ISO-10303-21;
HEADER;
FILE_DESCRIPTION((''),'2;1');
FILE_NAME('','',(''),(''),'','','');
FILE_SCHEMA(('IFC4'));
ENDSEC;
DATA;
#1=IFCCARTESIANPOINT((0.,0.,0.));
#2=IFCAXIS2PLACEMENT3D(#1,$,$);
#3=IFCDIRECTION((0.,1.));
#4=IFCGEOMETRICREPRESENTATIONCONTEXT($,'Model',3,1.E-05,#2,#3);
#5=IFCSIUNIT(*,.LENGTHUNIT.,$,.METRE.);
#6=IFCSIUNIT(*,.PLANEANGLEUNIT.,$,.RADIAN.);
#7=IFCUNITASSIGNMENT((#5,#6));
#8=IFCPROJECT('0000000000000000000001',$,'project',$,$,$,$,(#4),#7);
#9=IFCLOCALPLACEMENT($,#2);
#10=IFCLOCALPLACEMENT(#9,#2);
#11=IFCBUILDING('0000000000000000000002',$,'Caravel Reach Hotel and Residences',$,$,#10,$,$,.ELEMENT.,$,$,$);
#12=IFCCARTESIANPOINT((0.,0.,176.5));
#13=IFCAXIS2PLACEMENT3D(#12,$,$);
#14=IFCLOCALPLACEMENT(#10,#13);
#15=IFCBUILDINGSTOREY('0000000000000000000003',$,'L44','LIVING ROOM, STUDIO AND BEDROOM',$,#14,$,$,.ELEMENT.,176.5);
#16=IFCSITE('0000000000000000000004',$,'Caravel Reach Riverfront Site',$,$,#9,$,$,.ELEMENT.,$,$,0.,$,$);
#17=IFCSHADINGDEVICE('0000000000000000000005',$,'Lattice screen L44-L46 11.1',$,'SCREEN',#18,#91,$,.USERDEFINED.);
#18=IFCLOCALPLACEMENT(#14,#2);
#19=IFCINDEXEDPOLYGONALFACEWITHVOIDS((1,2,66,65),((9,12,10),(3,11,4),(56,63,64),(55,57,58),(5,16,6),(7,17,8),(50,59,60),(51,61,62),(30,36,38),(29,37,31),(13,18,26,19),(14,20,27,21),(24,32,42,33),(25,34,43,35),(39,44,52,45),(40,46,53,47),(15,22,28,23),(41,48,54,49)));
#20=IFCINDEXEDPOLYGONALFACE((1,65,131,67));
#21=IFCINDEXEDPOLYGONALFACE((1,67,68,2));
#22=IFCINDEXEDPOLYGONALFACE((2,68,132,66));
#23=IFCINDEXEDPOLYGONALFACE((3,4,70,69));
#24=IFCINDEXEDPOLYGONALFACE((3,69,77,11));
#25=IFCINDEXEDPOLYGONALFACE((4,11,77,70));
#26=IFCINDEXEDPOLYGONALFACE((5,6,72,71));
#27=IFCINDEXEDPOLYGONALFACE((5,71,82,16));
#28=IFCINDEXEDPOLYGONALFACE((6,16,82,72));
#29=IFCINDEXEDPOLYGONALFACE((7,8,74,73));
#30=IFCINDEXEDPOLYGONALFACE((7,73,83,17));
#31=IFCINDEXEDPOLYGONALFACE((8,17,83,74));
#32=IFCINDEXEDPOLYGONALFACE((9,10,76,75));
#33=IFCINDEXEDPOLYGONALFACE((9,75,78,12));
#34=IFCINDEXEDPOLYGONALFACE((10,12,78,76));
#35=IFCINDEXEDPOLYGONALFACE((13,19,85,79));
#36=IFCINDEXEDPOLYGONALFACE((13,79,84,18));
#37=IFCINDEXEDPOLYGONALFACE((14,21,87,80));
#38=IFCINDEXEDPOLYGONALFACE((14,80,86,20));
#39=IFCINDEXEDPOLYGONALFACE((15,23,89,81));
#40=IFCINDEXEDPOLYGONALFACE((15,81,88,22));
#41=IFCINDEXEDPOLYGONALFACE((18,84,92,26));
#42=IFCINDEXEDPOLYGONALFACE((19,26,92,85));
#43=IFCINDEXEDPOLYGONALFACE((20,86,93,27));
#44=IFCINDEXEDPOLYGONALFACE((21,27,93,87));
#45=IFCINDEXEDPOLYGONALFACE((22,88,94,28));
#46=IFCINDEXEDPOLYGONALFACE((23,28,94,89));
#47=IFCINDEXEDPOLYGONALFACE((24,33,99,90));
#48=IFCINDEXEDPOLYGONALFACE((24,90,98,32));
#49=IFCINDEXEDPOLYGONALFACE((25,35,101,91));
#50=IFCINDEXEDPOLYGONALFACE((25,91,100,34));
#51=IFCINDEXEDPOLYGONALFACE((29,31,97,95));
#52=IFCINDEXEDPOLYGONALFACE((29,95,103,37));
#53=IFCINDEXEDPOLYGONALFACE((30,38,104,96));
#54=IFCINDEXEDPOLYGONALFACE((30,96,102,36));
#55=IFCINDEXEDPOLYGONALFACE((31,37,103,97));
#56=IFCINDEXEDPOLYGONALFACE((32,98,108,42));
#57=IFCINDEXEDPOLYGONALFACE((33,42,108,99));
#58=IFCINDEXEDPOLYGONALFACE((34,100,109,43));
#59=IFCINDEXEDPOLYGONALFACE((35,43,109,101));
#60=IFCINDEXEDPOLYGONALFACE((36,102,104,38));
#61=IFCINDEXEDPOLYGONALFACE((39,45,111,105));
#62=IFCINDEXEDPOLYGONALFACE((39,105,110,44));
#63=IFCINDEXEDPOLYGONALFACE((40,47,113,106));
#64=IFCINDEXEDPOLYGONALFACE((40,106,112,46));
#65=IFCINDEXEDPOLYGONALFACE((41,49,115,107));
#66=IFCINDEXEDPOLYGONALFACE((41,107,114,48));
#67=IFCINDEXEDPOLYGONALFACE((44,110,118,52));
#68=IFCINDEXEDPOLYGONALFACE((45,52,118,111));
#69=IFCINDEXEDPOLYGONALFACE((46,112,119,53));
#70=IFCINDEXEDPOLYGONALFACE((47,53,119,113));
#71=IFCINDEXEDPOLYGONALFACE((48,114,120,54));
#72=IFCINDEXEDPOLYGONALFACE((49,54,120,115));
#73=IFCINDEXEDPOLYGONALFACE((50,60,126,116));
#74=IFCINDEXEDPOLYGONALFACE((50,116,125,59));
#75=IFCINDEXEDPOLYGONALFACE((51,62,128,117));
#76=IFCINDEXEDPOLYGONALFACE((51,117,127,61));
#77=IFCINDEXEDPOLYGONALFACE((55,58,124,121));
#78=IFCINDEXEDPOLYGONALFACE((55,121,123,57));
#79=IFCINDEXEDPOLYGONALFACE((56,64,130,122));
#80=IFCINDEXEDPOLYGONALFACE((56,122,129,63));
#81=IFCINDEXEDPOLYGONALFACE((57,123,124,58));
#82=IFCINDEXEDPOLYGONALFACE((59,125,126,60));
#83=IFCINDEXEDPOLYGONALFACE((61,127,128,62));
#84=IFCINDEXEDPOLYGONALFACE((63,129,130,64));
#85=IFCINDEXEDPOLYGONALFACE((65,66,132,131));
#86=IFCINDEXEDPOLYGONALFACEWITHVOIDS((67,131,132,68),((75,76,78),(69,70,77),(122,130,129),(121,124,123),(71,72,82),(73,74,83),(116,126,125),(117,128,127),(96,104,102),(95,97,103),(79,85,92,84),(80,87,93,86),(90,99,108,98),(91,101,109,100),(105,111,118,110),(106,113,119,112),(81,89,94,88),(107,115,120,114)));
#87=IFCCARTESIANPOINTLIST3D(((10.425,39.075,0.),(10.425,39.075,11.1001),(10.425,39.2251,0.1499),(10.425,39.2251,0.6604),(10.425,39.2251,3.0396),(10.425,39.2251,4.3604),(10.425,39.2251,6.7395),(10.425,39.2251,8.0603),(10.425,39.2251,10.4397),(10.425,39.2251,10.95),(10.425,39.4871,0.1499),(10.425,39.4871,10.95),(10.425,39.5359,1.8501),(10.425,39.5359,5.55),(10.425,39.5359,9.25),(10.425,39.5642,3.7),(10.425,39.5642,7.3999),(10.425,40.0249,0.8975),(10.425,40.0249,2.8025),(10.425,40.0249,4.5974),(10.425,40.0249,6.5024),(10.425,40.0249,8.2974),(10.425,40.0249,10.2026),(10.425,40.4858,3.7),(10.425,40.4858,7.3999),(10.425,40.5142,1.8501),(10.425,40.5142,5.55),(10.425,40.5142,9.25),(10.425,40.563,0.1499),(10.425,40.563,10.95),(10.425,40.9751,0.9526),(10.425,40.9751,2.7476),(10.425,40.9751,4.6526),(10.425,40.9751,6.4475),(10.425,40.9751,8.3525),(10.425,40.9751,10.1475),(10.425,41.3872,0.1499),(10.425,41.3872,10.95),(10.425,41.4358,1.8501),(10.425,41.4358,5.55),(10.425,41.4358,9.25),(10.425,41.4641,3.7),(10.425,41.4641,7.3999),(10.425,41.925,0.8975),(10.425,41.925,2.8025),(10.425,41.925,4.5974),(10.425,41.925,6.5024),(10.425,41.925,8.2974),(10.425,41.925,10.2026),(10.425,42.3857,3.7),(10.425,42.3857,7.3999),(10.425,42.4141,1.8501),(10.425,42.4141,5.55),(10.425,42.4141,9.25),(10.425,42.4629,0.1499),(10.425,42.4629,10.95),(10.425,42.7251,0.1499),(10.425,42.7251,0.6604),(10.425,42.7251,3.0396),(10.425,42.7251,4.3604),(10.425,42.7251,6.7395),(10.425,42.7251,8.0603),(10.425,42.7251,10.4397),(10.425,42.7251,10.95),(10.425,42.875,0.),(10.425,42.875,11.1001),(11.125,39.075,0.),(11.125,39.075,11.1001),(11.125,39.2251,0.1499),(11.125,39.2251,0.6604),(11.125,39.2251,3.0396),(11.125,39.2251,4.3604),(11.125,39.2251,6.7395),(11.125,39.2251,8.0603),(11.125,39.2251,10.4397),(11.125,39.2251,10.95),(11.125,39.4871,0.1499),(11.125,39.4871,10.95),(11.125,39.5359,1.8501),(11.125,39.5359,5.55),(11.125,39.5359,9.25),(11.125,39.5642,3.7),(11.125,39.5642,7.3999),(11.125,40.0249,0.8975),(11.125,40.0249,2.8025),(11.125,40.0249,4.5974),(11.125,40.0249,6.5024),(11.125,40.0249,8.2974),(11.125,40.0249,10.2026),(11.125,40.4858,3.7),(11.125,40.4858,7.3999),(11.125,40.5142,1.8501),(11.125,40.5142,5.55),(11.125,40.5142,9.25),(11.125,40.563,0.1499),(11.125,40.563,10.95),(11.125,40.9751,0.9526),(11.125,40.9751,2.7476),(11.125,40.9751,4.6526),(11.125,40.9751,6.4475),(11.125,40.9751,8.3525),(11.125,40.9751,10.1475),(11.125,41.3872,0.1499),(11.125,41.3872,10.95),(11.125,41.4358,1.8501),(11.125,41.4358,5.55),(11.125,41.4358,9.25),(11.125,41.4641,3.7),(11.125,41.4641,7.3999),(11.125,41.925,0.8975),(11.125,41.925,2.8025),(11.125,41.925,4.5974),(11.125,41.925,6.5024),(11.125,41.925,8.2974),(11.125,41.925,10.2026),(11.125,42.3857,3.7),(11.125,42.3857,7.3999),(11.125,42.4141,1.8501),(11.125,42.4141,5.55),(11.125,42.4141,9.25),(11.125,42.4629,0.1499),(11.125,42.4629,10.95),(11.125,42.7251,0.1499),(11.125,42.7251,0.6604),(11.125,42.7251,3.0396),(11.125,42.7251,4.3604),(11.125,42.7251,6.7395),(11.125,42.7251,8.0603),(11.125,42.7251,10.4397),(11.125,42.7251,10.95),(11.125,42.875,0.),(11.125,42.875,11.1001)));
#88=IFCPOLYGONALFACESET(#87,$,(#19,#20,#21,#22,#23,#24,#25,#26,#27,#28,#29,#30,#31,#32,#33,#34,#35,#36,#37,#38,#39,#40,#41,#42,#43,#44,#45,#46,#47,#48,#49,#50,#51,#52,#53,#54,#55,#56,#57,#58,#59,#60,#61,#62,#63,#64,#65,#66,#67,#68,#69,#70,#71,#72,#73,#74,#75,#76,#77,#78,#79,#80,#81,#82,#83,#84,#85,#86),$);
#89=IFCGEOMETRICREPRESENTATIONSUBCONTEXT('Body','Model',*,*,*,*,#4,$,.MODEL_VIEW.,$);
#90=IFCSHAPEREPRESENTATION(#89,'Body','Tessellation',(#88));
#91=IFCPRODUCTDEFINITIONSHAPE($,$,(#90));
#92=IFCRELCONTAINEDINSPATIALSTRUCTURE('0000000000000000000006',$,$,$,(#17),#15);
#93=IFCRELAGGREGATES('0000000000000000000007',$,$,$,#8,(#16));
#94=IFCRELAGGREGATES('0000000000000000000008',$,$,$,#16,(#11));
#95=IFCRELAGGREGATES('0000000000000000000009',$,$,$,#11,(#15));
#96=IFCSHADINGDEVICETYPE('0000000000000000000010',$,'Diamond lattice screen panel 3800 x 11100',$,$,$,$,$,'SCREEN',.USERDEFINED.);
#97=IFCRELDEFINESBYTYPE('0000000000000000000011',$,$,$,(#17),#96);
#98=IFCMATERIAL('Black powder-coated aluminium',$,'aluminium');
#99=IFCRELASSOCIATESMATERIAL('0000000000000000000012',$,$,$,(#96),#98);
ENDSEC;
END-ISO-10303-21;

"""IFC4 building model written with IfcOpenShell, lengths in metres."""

from ifc_helpers import new_model, si_unit, direction, frame, origin, place, context, subcontext, project, spatial, polyline, outline, extrude, material, type_object, element, save


model = new_model("IFC4")

# Units and contexts
model_context = context("Model", 3, precision=1e-05, world=origin(), true_north=direction((0.0, 1.0)))
body_context = subcontext(model_context, "Body", "Model", "MODEL_VIEW")
ifc_project = project(units=[si_unit("LENGTHUNIT", "METRE"), si_unit("PLANEANGLEUNIT", "RADIAN")], contexts=[model_context])

# Site, building, storey
site_placement = place(None, origin())
site = spatial("IfcSite", under=ifc_project, at=site_placement, Name="Caravel Reach Riverfront Site", CompositionType="ELEMENT", RefElevation=0.0)
building_placement = place(site_placement, origin())
building = spatial("IfcBuilding", under=site, at=building_placement, Name="Caravel Reach Hotel and Residences", CompositionType="ELEMENT")
storey_placement = place(building_placement, frame((0.0, 0.0, 176.5)))
storey = spatial("IfcBuildingStorey", under=building, at=storey_placement, Name="L44", Description="LIVING ROOM, STUDIO AND BEDROOM", CompositionType="ELEMENT", Elevation=176.5)

# Shading device
ifc_material_1 = material(Name="Black powder-coated aluminium", Category="aluminium")
shading_device_type_1 = type_object("IfcShadingDeviceType", Name="Diamond lattice screen panel 3800 x 11100", ElementType="SCREEN", PredefinedType="USERDEFINED", material=ifc_material_1)
shading_device_1_placement = place(storey_placement, frame((11.125, 42.875, 0.0), z_axis=(-1.0, 0.0, 0.0), x_axis=(0.0, -1.0, 0.0)))
element("IfcShadingDevice", 1, at=shading_device_1_placement, inside=storey, type_object=shading_device_type_1, Name="Lattice screen L44-L46 11.1", ObjectType="SCREEN", PredefinedType="USERDEFINED", context=body_context, shape_type="SweptSolid", body=[
    extrude(outline(polyline([(0.0, 0.0), (3.8, 0.0), (3.8, 11.1001), (0.0, 11.1001), (0.0, 0.0)]), holes=[polyline([(0.4121, 0.1499), (0.1499, 0.6604), (0.1499, 0.1499), (0.4121, 0.1499)]), polyline([(0.4893, 3.7), (0.1499, 4.3604), (0.1499, 3.0396), (0.4893, 3.7)]), polyline([(0.4893, 7.3999), (0.1499, 8.0603), (0.1499, 6.7395), (0.4893, 7.3999)]), polyline([(0.1499, 10.4397), (0.4121, 10.95), (0.1499, 10.95), (0.1499, 10.4397)]), polyline([(0.95, 2.8025), (0.4609, 1.8501), (0.95, 0.8975), (1.4392, 1.8501), (0.95, 2.8025)]), polyline([(0.95, 6.5024), (0.4609, 5.55), (0.95, 4.5974), (1.4392, 5.55), (0.95, 6.5024)]), polyline([(0.95, 10.2026), (0.4609, 9.25), (0.95, 8.2974), (1.4392, 9.25), (0.95, 10.2026)]), polyline([(1.8999, 0.9526), (1.4878, 0.1499), (2.312, 0.1499), (1.8999, 0.9526)]), polyline([(1.8999, 4.6526), (1.4109, 3.7), (1.8999, 2.7476), (2.3892, 3.7), (1.8999, 4.6526)]), polyline([(1.8999, 8.3525), (1.4109, 7.3999), (1.8999, 6.4475), (2.3892, 7.3999), (1.8999, 8.3525)]), polyline([(1.8999, 10.1475), (2.312, 10.95), (1.4878, 10.95), (1.8999, 10.1475)]), polyline([(2.8501, 2.8025), (2.3608, 1.8501), (2.8501, 0.8975), (3.3391, 1.8501), (2.8501, 2.8025)]), polyline([(2.8501, 6.5024), (2.3608, 5.55), (2.8501, 4.5974), (3.3391, 5.55), (2.8501, 6.5024)]), polyline([(2.8501, 10.2026), (2.3608, 9.25), (2.8501, 8.2974), (3.3391, 9.25), (2.8501, 10.2026)]), polyline([(3.6499, 0.6604), (3.3879, 0.1499), (3.6499, 0.1499), (3.6499, 0.6604)]), polyline([(3.3108, 3.7), (3.6499, 3.0396), (3.6499, 4.3604), (3.3108, 3.7)]), polyline([(3.3108, 7.3999), (3.6499, 6.7395), (3.6499, 8.0603), (3.3108, 7.3999)]), polyline([(3.3879, 10.95), (3.6499, 10.4397), (3.6499, 10.95), (3.3879, 10.95)])]), origin(), (0.0, 0.0, 1.0), 0.7),
])

save(model, "model.ifc")
